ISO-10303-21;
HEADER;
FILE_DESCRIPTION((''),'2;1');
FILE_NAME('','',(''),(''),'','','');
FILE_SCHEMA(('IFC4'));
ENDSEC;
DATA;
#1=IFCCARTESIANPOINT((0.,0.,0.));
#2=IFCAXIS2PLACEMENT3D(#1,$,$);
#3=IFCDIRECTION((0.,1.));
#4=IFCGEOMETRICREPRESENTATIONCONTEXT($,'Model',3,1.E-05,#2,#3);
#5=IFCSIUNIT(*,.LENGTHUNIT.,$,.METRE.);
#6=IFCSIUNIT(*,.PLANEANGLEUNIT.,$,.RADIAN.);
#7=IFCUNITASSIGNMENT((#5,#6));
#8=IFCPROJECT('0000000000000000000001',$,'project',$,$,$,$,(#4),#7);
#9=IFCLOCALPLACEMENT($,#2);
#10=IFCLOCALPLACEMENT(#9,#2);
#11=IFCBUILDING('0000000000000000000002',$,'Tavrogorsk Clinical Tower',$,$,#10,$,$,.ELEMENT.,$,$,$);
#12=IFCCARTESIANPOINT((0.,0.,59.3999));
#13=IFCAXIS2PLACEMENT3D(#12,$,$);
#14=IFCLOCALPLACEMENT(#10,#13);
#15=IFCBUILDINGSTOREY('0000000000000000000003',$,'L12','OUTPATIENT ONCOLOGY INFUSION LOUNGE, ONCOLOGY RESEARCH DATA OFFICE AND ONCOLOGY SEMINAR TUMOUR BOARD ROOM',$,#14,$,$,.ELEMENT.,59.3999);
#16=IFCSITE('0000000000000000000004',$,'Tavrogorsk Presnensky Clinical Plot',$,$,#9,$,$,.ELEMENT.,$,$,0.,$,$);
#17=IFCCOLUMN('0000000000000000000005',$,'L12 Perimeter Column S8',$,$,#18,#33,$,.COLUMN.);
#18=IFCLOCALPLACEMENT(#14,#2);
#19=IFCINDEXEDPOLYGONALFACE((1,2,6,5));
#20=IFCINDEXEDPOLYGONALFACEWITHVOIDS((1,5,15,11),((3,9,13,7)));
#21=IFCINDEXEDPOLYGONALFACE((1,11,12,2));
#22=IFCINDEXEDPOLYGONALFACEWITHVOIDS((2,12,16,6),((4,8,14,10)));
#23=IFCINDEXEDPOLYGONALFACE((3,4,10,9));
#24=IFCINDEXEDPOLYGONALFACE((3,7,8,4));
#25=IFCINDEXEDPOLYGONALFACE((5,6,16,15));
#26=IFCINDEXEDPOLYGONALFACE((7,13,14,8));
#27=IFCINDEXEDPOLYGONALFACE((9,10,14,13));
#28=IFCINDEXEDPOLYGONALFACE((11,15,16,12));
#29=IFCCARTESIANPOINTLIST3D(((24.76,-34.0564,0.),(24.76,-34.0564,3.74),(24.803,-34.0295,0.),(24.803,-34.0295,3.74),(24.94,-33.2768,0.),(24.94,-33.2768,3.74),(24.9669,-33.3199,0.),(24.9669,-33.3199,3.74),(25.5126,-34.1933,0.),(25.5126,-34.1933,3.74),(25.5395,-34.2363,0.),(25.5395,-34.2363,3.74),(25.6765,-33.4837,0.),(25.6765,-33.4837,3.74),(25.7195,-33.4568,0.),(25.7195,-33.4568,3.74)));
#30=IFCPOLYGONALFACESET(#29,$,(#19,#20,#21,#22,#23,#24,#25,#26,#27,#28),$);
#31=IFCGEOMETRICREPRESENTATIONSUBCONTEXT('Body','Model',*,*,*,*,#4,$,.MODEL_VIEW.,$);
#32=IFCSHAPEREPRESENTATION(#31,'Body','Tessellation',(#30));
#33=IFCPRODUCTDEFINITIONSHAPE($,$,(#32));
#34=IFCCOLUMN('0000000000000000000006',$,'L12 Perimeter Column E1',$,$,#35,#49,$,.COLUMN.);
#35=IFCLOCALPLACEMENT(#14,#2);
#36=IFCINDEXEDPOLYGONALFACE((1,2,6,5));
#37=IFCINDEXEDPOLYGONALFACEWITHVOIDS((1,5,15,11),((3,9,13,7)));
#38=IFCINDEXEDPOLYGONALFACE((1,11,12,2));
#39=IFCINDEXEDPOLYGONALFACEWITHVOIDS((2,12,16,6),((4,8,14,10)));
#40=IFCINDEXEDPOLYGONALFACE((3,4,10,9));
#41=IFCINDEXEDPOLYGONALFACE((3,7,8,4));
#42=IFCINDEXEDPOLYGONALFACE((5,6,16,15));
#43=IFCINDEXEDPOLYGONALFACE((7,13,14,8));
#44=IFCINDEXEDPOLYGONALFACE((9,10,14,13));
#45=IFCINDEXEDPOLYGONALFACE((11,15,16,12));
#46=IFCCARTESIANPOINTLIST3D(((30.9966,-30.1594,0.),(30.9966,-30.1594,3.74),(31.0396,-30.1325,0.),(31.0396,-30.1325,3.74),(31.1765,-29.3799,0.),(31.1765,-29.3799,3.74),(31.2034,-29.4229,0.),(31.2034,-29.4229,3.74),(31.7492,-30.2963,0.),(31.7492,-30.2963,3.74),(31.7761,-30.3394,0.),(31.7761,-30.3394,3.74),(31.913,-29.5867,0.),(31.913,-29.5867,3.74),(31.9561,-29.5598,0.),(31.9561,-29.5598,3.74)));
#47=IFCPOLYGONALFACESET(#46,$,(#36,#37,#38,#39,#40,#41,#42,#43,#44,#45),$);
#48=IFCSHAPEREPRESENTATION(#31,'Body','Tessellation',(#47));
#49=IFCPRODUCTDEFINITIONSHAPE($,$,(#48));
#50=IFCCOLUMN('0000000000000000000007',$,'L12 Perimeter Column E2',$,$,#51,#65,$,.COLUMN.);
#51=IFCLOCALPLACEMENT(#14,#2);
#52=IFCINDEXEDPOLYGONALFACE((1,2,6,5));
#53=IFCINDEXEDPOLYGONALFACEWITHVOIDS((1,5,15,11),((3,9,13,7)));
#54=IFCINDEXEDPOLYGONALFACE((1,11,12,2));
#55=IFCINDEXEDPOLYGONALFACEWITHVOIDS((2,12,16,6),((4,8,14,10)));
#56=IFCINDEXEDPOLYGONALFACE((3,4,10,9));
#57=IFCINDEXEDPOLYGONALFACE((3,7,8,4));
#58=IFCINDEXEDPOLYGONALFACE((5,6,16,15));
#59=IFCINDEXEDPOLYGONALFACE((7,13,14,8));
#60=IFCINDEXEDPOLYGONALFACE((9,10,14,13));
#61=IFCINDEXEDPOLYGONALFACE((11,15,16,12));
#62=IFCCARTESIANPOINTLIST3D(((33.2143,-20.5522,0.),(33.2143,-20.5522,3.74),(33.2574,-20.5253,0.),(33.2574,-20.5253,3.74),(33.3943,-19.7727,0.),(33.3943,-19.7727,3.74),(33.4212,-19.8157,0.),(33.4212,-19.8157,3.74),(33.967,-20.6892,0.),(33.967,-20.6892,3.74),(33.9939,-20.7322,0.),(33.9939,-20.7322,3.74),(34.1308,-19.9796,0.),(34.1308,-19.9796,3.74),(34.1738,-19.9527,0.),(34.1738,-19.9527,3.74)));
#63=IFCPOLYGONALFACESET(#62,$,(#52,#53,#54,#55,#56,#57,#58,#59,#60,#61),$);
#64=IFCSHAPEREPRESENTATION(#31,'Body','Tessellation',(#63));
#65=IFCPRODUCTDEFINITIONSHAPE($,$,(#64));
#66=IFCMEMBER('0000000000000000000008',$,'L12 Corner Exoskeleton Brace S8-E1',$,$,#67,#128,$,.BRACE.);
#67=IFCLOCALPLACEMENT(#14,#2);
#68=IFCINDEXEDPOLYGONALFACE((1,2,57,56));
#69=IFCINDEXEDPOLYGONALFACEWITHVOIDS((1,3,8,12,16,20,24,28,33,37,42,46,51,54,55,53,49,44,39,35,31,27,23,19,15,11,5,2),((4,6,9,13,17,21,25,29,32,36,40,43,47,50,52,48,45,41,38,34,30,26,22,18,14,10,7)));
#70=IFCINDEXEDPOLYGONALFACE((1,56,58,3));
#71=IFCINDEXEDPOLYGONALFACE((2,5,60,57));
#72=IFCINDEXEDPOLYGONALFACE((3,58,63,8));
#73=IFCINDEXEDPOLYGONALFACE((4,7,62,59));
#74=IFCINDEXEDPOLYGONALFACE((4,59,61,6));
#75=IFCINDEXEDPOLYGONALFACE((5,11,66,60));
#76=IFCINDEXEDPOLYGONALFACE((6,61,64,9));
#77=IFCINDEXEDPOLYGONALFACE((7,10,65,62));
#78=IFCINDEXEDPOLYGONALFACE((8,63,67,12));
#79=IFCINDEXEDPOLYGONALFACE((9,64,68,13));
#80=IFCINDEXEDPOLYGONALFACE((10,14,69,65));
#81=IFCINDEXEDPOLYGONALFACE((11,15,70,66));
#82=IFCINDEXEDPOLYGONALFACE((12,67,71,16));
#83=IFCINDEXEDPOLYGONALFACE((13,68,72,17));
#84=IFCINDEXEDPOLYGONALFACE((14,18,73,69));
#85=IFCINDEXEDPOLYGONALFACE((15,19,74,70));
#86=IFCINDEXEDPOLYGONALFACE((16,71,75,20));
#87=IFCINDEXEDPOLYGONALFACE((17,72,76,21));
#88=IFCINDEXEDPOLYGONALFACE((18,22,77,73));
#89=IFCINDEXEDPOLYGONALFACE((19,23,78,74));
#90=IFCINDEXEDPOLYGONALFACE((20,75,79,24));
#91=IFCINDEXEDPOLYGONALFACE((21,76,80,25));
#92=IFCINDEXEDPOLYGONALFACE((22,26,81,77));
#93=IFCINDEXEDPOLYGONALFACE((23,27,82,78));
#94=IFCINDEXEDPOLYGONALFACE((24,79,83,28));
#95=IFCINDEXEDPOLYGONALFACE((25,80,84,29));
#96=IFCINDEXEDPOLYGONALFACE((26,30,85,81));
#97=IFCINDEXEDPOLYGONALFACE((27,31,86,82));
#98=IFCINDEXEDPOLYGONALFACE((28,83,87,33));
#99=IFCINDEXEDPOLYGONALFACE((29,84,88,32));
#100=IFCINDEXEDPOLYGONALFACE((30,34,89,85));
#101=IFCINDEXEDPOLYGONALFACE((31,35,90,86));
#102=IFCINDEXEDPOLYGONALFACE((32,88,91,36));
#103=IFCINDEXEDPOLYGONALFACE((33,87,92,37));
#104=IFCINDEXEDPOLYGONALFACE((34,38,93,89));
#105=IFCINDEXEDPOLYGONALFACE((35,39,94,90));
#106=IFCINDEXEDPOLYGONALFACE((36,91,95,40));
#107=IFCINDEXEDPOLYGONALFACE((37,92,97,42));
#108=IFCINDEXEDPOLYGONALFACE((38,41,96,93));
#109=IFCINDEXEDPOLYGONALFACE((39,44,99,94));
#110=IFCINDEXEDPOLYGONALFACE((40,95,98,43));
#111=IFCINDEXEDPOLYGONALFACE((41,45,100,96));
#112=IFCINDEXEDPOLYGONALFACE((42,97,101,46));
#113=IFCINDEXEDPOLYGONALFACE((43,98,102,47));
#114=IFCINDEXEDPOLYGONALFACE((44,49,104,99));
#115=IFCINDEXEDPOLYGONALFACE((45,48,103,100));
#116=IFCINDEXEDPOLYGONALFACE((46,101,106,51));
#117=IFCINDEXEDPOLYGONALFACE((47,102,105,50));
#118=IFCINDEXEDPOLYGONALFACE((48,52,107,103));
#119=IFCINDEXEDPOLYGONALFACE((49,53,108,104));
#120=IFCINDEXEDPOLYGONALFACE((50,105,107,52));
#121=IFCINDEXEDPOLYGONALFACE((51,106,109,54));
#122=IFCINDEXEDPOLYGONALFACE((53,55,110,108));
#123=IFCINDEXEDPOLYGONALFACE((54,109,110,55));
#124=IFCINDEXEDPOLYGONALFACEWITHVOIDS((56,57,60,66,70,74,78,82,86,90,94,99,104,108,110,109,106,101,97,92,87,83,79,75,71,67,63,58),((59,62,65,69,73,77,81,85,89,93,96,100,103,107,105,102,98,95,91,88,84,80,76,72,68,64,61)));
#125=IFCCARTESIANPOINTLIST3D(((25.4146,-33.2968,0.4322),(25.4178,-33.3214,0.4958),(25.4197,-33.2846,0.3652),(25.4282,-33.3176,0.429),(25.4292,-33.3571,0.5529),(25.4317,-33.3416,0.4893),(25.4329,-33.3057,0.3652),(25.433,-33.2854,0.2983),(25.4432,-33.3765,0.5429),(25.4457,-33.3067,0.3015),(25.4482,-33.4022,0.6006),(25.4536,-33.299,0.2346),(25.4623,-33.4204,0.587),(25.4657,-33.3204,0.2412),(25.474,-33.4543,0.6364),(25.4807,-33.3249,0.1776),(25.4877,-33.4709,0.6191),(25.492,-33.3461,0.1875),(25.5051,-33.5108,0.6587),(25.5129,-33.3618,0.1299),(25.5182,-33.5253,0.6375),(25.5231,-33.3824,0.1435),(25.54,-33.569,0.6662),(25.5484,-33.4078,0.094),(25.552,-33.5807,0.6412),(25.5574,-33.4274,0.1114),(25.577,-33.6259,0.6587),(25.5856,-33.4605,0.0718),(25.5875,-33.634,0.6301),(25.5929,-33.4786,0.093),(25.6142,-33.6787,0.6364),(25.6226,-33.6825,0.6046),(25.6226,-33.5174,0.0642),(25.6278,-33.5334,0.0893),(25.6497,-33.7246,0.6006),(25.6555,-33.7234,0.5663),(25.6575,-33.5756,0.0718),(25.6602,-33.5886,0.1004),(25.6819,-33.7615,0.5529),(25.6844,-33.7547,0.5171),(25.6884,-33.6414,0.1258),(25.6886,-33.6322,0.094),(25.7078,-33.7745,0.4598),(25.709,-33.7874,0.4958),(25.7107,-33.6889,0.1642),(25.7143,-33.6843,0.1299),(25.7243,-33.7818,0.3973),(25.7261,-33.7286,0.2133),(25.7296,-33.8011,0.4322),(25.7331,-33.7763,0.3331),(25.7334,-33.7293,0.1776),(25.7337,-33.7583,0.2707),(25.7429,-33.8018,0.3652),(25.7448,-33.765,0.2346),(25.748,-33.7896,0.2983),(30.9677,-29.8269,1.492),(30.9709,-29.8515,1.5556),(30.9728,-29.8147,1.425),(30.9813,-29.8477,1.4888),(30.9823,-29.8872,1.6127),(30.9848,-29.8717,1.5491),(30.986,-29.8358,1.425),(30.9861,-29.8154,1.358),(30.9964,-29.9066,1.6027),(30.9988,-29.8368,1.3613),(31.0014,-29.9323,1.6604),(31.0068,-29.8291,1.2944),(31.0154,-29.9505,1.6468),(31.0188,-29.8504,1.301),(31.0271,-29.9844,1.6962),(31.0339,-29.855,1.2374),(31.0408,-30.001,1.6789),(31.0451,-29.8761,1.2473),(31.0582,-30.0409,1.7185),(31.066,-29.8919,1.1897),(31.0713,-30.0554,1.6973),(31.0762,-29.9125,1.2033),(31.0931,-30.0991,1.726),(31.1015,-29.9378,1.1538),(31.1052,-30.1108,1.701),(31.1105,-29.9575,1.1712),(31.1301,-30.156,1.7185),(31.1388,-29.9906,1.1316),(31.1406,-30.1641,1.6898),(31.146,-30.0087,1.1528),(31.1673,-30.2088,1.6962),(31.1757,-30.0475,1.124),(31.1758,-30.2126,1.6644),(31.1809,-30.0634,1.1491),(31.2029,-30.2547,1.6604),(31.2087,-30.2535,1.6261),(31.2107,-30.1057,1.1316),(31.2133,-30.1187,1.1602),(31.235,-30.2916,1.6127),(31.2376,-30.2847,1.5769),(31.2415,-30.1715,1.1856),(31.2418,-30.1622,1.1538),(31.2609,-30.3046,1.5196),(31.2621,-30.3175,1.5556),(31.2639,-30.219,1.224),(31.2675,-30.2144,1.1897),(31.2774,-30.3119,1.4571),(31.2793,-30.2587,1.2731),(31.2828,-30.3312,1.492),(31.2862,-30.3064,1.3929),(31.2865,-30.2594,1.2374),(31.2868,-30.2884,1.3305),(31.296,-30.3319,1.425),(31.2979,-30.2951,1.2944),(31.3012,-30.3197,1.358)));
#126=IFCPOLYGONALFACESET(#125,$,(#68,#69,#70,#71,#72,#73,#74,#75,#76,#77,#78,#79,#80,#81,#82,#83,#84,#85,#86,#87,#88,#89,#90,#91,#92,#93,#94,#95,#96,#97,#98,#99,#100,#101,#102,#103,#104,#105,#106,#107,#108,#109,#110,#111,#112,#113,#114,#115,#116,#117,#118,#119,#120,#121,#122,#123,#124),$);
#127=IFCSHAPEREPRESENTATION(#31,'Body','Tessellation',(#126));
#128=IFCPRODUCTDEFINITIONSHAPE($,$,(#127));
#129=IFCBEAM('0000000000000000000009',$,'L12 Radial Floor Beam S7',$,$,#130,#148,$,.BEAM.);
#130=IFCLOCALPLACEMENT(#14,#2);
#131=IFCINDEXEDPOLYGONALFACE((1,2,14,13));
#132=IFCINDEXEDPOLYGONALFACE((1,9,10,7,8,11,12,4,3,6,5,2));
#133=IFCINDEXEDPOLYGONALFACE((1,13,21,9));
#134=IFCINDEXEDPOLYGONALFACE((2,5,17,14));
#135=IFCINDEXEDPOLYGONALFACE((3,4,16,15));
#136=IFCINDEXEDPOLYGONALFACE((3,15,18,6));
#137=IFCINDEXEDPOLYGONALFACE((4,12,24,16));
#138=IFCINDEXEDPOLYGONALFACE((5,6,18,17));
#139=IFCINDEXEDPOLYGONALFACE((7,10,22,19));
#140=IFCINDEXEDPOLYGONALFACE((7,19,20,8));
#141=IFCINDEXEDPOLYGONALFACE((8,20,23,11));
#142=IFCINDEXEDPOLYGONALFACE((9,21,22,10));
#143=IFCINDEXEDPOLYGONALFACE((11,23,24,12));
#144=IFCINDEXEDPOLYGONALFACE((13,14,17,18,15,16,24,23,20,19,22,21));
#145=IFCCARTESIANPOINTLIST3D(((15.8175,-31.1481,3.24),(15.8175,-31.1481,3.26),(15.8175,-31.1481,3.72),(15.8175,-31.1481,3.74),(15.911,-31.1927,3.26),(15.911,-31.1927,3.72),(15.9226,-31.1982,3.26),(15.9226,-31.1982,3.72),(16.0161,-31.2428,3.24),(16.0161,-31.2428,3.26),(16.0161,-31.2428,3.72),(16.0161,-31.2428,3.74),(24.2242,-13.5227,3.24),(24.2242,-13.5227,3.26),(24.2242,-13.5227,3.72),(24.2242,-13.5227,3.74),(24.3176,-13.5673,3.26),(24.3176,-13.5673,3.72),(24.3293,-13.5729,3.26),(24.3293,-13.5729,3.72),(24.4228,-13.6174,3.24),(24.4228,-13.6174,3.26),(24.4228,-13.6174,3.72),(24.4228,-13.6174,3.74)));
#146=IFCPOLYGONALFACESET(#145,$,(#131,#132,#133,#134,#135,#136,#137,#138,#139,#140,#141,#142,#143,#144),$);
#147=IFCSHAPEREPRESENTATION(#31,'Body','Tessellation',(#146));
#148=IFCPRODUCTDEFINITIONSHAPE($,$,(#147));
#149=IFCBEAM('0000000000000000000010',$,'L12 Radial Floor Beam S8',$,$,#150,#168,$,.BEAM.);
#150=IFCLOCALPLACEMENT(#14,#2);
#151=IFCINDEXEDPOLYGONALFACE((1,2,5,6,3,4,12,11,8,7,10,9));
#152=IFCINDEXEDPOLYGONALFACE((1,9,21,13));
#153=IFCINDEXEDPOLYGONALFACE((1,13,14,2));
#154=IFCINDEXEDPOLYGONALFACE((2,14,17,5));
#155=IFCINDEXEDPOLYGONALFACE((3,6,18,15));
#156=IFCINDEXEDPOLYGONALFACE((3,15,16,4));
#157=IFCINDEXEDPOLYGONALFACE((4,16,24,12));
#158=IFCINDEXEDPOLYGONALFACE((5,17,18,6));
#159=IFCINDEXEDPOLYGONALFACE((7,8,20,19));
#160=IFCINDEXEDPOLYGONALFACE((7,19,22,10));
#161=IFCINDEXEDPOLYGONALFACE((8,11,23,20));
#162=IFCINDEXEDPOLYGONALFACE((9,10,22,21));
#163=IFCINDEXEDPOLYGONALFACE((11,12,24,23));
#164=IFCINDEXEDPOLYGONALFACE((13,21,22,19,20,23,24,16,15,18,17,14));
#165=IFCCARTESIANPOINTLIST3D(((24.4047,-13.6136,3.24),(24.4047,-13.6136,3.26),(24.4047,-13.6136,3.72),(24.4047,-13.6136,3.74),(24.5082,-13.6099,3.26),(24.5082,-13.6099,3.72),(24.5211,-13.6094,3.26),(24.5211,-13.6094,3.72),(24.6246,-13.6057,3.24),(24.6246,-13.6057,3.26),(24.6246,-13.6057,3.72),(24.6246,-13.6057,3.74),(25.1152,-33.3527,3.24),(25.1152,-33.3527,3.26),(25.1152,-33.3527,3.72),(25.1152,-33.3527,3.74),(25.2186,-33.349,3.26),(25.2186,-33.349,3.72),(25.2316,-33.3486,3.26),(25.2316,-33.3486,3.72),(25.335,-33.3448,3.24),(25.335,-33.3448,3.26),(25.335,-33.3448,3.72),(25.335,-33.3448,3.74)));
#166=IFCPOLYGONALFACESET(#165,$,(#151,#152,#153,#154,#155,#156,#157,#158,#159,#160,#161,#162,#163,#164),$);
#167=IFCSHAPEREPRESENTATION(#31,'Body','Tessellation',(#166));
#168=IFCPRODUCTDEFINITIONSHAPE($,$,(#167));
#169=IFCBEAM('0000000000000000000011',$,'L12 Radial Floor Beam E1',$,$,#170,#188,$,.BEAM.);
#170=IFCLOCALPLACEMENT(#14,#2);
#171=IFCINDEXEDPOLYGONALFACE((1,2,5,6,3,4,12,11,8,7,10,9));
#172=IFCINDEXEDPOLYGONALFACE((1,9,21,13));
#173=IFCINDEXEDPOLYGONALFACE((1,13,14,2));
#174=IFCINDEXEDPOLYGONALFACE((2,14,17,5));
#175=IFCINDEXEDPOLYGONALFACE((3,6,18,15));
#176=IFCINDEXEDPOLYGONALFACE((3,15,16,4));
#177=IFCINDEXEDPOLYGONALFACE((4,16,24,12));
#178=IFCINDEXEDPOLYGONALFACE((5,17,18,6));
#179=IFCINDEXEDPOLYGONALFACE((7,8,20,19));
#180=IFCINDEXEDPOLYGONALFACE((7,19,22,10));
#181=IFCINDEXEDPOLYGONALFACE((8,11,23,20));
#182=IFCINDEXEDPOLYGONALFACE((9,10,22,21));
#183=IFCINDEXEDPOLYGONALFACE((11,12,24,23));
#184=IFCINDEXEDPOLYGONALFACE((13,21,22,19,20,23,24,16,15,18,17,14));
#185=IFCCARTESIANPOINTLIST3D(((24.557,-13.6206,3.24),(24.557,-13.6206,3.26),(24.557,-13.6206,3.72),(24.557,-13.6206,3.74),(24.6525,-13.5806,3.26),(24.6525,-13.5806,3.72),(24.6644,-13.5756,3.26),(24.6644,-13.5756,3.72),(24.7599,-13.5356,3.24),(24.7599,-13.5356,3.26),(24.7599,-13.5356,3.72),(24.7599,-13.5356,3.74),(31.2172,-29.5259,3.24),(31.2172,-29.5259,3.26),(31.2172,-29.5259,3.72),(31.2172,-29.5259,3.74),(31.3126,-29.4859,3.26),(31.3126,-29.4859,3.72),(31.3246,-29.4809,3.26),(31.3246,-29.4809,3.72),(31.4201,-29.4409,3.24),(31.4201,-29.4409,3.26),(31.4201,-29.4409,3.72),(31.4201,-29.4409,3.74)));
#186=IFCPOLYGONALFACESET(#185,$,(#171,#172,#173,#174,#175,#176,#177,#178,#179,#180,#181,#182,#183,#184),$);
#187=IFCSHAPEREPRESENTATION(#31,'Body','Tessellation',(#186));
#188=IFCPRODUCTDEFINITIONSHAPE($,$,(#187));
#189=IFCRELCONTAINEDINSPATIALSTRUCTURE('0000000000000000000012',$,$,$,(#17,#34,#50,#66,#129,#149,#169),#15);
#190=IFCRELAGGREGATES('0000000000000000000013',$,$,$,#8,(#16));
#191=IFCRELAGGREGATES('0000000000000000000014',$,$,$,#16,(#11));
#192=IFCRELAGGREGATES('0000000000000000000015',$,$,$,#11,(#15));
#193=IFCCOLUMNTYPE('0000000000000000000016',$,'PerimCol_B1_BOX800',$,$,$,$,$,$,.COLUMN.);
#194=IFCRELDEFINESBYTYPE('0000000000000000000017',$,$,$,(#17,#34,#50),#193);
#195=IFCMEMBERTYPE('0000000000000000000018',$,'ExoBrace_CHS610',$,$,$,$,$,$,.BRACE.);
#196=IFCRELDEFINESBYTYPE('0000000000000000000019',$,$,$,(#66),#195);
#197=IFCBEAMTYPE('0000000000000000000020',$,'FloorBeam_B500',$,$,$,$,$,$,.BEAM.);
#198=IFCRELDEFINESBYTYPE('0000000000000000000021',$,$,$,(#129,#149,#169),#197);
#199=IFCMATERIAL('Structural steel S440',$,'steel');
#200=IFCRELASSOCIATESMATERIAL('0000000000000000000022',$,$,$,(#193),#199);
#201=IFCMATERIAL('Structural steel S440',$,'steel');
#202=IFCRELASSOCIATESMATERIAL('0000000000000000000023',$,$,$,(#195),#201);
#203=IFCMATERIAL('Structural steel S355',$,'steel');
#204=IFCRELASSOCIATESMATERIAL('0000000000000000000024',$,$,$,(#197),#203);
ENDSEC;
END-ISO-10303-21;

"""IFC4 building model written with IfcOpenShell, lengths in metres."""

from ifc_helpers import new_model, si_unit, direction, frame, origin, origin_2d, place, context, subcontext, project, spatial, hollow_rectangle, hollow_circle, i_section, extrude, material, material_profile, profile_set, type_object, element, save


model = new_model("IFC4")

# Units and contexts
model_context = context("Model", 3, precision=1e-05, world=origin(), true_north=direction((0.0, 1.0)))
body_context = subcontext(model_context, "Body", "Model", "MODEL_VIEW")
ifc_project = project(units=[si_unit("LENGTHUNIT", "METRE"), si_unit("PLANEANGLEUNIT", "RADIAN")], contexts=[model_context])

# Site, building, storey
site_placement = place(None, origin())
site = spatial("IfcSite", under=ifc_project, at=site_placement, Name="Tavrogorsk Presnensky Clinical Plot", CompositionType="ELEMENT", RefElevation=0.0)
building_placement = place(site_placement, origin())
building = spatial("IfcBuilding", under=site, at=building_placement, Name="Tavrogorsk Clinical Tower", CompositionType="ELEMENT")
storey_placement = place(building_placement, frame((0.0, 0.0, 59.3999)))
storey = spatial("IfcBuildingStorey", under=building, at=storey_placement, Name="L12", Description="OUTPATIENT ONCOLOGY INFUSION LOUNGE, ONCOLOGY RESEARCH DATA OFFICE AND ONCOLOGY SEMINAR TUMOUR BOARD ROOM", CompositionType="ELEMENT", Elevation=59.3999)

# Columns
ifc_material_1 = material(Name="Structural steel S440", Category="steel")
ifc_material_profile_1 = material_profile(ifc_material_1, hollow_rectangle(XDim=0.8, YDim=0.8, WallThickness=0.0359, at=origin_2d()), Name="BOX-800x800x36")
ifc_profile_set_1 = profile_set([ifc_material_profile_1], Name="Structural steel S440")
column_type = type_object("IfcColumnType", Name="PerimCol_B1_BOX800", PredefinedType="COLUMN", material=ifc_profile_set_1)
for number, where, z_axis, x_axis, name in (
    (1, (25.2397, -33.7566, 0.0), (0.0, 0.0, 1.0), (0.97437, -0.224951, 0.0), "L12 Perimeter Column S8"),
    (2, (31.4763, -29.8596, 0.0), (0.0, 0.0, 1.0), (0.97437, -0.224951, 0.0), "L12 Perimeter Column E1"),
    (3, (33.6941, -20.2524, 0.0), (0.0, 0.0, 1.0), (0.97437, -0.224951, 0.0), "L12 Perimeter Column E2"),
):
    element("IfcColumn", number, at=place(storey_placement, frame(where, z_axis=z_axis, x_axis=x_axis)), inside=storey, type_object=column_type, Name=name, PredefinedType="COLUMN", context=body_context, shape_type="SweptSolid", body=[
        extrude(hollow_rectangle(XDim=0.8, YDim=0.8, WallThickness=0.0359, at=origin_2d()), origin(), (0.0, 0.0, 1.0), 3.74),
    ])

# Member
ifc_material_2 = material(Name="Structural steel S440", Category="steel")
ifc_material_profile_2 = material_profile(ifc_material_2, hollow_circle(Radius=0.3049, WallThickness=0.0249, at=origin_2d()), Name="CHS-610x25")
ifc_profile_set_2 = profile_set([ifc_material_profile_2], Name="Structural steel S440")
member_type_1 = type_object("IfcMemberType", Name="ExoBrace_CHS610", PredefinedType="BRACE", material=ifc_profile_set_2)
member_1_placement = place(storey_placement, frame((25.5813, -33.5432, 0.3652), z_axis=(0.837159, 0.523105, 0.159769), x_axis=(-0.529912, 0.848053, 0.0)))
element("IfcMember", 4, at=member_1_placement, inside=storey, type_object=member_type_1, Name="L12 Corner Exoskeleton Brace S8-E1", PredefinedType="BRACE", context=body_context, shape_type="SweptSolid", body=[
    extrude(hollow_circle(Radius=0.3049, WallThickness=0.0249, at=origin_2d()), origin(), (0.0, 0.0, 1.0), 6.6333),
])

# Beams
ifc_material_3 = material(Name="Structural steel S355", Category="steel")
ifc_material_profile_3 = material_profile(ifc_material_3, i_section(OverallWidth=0.22, OverallDepth=0.5, WebThickness=0.0129, FlangeThickness=0.02, at=origin_2d()), Name="B-500x220x13x20")
ifc_profile_set_3 = profile_set([ifc_material_profile_3], Name="Structural steel S355")
beam_type_1 = type_object("IfcBeamType", Name="FloorBeam_B500", PredefinedType="BEAM", material=ifc_profile_set_3)
beam_1_placement = place(storey_placement, frame((24.3235, -13.5701, 3.49), z_axis=(-0.430503, -0.902589, 0.0), x_axis=(0.902589, -0.430503, 0.0)))
element("IfcBeam", 5, at=beam_1_placement, inside=storey, type_object=beam_type_1, Name="L12 Radial Floor Beam S7", PredefinedType="BEAM", context=body_context, shape_type="SweptSolid", body=[
    extrude(i_section(OverallWidth=0.22, OverallDepth=0.5, WebThickness=0.0129, FlangeThickness=0.02, at=origin_2d()), origin(), (0.0, 0.0, 1.0), 19.5276),
])
beam_2_placement = place(storey_placement, frame((24.5146, -13.6096, 3.49), z_axis=(0.035968, -0.999353, 0.0), x_axis=(0.999353, 0.035968, 0.0)))
element("IfcBeam", 6, at=beam_2_placement, inside=storey, type_object=beam_type_1, Name="L12 Radial Floor Beam S8", PredefinedType="BEAM", context=body_context, shape_type="SweptSolid", body=[
    extrude(i_section(OverallWidth=0.22, OverallDepth=0.5, WebThickness=0.0129, FlangeThickness=0.02, at=origin_2d()), origin(), (0.0, 0.0, 1.0), 19.752),
])
beam_3_placement = place(storey_placement, frame((24.6584, -13.5781, 3.49), z_axis=(0.386243, -0.922397, 0.0), x_axis=(0.922397, 0.386243, 0.0)))
element("IfcBeam", 7, at=beam_3_placement, inside=storey, type_object=beam_type_1, Name="L12 Radial Floor Beam E1", PredefinedType="BEAM", context=body_context, shape_type="SweptSolid", body=[
    extrude(i_section(OverallWidth=0.22, OverallDepth=0.5, WebThickness=0.0129, FlangeThickness=0.02, at=origin_2d()), origin(), (0.0, 0.0, 1.0), 17.2434),
])

save(model, "model.ifc")
